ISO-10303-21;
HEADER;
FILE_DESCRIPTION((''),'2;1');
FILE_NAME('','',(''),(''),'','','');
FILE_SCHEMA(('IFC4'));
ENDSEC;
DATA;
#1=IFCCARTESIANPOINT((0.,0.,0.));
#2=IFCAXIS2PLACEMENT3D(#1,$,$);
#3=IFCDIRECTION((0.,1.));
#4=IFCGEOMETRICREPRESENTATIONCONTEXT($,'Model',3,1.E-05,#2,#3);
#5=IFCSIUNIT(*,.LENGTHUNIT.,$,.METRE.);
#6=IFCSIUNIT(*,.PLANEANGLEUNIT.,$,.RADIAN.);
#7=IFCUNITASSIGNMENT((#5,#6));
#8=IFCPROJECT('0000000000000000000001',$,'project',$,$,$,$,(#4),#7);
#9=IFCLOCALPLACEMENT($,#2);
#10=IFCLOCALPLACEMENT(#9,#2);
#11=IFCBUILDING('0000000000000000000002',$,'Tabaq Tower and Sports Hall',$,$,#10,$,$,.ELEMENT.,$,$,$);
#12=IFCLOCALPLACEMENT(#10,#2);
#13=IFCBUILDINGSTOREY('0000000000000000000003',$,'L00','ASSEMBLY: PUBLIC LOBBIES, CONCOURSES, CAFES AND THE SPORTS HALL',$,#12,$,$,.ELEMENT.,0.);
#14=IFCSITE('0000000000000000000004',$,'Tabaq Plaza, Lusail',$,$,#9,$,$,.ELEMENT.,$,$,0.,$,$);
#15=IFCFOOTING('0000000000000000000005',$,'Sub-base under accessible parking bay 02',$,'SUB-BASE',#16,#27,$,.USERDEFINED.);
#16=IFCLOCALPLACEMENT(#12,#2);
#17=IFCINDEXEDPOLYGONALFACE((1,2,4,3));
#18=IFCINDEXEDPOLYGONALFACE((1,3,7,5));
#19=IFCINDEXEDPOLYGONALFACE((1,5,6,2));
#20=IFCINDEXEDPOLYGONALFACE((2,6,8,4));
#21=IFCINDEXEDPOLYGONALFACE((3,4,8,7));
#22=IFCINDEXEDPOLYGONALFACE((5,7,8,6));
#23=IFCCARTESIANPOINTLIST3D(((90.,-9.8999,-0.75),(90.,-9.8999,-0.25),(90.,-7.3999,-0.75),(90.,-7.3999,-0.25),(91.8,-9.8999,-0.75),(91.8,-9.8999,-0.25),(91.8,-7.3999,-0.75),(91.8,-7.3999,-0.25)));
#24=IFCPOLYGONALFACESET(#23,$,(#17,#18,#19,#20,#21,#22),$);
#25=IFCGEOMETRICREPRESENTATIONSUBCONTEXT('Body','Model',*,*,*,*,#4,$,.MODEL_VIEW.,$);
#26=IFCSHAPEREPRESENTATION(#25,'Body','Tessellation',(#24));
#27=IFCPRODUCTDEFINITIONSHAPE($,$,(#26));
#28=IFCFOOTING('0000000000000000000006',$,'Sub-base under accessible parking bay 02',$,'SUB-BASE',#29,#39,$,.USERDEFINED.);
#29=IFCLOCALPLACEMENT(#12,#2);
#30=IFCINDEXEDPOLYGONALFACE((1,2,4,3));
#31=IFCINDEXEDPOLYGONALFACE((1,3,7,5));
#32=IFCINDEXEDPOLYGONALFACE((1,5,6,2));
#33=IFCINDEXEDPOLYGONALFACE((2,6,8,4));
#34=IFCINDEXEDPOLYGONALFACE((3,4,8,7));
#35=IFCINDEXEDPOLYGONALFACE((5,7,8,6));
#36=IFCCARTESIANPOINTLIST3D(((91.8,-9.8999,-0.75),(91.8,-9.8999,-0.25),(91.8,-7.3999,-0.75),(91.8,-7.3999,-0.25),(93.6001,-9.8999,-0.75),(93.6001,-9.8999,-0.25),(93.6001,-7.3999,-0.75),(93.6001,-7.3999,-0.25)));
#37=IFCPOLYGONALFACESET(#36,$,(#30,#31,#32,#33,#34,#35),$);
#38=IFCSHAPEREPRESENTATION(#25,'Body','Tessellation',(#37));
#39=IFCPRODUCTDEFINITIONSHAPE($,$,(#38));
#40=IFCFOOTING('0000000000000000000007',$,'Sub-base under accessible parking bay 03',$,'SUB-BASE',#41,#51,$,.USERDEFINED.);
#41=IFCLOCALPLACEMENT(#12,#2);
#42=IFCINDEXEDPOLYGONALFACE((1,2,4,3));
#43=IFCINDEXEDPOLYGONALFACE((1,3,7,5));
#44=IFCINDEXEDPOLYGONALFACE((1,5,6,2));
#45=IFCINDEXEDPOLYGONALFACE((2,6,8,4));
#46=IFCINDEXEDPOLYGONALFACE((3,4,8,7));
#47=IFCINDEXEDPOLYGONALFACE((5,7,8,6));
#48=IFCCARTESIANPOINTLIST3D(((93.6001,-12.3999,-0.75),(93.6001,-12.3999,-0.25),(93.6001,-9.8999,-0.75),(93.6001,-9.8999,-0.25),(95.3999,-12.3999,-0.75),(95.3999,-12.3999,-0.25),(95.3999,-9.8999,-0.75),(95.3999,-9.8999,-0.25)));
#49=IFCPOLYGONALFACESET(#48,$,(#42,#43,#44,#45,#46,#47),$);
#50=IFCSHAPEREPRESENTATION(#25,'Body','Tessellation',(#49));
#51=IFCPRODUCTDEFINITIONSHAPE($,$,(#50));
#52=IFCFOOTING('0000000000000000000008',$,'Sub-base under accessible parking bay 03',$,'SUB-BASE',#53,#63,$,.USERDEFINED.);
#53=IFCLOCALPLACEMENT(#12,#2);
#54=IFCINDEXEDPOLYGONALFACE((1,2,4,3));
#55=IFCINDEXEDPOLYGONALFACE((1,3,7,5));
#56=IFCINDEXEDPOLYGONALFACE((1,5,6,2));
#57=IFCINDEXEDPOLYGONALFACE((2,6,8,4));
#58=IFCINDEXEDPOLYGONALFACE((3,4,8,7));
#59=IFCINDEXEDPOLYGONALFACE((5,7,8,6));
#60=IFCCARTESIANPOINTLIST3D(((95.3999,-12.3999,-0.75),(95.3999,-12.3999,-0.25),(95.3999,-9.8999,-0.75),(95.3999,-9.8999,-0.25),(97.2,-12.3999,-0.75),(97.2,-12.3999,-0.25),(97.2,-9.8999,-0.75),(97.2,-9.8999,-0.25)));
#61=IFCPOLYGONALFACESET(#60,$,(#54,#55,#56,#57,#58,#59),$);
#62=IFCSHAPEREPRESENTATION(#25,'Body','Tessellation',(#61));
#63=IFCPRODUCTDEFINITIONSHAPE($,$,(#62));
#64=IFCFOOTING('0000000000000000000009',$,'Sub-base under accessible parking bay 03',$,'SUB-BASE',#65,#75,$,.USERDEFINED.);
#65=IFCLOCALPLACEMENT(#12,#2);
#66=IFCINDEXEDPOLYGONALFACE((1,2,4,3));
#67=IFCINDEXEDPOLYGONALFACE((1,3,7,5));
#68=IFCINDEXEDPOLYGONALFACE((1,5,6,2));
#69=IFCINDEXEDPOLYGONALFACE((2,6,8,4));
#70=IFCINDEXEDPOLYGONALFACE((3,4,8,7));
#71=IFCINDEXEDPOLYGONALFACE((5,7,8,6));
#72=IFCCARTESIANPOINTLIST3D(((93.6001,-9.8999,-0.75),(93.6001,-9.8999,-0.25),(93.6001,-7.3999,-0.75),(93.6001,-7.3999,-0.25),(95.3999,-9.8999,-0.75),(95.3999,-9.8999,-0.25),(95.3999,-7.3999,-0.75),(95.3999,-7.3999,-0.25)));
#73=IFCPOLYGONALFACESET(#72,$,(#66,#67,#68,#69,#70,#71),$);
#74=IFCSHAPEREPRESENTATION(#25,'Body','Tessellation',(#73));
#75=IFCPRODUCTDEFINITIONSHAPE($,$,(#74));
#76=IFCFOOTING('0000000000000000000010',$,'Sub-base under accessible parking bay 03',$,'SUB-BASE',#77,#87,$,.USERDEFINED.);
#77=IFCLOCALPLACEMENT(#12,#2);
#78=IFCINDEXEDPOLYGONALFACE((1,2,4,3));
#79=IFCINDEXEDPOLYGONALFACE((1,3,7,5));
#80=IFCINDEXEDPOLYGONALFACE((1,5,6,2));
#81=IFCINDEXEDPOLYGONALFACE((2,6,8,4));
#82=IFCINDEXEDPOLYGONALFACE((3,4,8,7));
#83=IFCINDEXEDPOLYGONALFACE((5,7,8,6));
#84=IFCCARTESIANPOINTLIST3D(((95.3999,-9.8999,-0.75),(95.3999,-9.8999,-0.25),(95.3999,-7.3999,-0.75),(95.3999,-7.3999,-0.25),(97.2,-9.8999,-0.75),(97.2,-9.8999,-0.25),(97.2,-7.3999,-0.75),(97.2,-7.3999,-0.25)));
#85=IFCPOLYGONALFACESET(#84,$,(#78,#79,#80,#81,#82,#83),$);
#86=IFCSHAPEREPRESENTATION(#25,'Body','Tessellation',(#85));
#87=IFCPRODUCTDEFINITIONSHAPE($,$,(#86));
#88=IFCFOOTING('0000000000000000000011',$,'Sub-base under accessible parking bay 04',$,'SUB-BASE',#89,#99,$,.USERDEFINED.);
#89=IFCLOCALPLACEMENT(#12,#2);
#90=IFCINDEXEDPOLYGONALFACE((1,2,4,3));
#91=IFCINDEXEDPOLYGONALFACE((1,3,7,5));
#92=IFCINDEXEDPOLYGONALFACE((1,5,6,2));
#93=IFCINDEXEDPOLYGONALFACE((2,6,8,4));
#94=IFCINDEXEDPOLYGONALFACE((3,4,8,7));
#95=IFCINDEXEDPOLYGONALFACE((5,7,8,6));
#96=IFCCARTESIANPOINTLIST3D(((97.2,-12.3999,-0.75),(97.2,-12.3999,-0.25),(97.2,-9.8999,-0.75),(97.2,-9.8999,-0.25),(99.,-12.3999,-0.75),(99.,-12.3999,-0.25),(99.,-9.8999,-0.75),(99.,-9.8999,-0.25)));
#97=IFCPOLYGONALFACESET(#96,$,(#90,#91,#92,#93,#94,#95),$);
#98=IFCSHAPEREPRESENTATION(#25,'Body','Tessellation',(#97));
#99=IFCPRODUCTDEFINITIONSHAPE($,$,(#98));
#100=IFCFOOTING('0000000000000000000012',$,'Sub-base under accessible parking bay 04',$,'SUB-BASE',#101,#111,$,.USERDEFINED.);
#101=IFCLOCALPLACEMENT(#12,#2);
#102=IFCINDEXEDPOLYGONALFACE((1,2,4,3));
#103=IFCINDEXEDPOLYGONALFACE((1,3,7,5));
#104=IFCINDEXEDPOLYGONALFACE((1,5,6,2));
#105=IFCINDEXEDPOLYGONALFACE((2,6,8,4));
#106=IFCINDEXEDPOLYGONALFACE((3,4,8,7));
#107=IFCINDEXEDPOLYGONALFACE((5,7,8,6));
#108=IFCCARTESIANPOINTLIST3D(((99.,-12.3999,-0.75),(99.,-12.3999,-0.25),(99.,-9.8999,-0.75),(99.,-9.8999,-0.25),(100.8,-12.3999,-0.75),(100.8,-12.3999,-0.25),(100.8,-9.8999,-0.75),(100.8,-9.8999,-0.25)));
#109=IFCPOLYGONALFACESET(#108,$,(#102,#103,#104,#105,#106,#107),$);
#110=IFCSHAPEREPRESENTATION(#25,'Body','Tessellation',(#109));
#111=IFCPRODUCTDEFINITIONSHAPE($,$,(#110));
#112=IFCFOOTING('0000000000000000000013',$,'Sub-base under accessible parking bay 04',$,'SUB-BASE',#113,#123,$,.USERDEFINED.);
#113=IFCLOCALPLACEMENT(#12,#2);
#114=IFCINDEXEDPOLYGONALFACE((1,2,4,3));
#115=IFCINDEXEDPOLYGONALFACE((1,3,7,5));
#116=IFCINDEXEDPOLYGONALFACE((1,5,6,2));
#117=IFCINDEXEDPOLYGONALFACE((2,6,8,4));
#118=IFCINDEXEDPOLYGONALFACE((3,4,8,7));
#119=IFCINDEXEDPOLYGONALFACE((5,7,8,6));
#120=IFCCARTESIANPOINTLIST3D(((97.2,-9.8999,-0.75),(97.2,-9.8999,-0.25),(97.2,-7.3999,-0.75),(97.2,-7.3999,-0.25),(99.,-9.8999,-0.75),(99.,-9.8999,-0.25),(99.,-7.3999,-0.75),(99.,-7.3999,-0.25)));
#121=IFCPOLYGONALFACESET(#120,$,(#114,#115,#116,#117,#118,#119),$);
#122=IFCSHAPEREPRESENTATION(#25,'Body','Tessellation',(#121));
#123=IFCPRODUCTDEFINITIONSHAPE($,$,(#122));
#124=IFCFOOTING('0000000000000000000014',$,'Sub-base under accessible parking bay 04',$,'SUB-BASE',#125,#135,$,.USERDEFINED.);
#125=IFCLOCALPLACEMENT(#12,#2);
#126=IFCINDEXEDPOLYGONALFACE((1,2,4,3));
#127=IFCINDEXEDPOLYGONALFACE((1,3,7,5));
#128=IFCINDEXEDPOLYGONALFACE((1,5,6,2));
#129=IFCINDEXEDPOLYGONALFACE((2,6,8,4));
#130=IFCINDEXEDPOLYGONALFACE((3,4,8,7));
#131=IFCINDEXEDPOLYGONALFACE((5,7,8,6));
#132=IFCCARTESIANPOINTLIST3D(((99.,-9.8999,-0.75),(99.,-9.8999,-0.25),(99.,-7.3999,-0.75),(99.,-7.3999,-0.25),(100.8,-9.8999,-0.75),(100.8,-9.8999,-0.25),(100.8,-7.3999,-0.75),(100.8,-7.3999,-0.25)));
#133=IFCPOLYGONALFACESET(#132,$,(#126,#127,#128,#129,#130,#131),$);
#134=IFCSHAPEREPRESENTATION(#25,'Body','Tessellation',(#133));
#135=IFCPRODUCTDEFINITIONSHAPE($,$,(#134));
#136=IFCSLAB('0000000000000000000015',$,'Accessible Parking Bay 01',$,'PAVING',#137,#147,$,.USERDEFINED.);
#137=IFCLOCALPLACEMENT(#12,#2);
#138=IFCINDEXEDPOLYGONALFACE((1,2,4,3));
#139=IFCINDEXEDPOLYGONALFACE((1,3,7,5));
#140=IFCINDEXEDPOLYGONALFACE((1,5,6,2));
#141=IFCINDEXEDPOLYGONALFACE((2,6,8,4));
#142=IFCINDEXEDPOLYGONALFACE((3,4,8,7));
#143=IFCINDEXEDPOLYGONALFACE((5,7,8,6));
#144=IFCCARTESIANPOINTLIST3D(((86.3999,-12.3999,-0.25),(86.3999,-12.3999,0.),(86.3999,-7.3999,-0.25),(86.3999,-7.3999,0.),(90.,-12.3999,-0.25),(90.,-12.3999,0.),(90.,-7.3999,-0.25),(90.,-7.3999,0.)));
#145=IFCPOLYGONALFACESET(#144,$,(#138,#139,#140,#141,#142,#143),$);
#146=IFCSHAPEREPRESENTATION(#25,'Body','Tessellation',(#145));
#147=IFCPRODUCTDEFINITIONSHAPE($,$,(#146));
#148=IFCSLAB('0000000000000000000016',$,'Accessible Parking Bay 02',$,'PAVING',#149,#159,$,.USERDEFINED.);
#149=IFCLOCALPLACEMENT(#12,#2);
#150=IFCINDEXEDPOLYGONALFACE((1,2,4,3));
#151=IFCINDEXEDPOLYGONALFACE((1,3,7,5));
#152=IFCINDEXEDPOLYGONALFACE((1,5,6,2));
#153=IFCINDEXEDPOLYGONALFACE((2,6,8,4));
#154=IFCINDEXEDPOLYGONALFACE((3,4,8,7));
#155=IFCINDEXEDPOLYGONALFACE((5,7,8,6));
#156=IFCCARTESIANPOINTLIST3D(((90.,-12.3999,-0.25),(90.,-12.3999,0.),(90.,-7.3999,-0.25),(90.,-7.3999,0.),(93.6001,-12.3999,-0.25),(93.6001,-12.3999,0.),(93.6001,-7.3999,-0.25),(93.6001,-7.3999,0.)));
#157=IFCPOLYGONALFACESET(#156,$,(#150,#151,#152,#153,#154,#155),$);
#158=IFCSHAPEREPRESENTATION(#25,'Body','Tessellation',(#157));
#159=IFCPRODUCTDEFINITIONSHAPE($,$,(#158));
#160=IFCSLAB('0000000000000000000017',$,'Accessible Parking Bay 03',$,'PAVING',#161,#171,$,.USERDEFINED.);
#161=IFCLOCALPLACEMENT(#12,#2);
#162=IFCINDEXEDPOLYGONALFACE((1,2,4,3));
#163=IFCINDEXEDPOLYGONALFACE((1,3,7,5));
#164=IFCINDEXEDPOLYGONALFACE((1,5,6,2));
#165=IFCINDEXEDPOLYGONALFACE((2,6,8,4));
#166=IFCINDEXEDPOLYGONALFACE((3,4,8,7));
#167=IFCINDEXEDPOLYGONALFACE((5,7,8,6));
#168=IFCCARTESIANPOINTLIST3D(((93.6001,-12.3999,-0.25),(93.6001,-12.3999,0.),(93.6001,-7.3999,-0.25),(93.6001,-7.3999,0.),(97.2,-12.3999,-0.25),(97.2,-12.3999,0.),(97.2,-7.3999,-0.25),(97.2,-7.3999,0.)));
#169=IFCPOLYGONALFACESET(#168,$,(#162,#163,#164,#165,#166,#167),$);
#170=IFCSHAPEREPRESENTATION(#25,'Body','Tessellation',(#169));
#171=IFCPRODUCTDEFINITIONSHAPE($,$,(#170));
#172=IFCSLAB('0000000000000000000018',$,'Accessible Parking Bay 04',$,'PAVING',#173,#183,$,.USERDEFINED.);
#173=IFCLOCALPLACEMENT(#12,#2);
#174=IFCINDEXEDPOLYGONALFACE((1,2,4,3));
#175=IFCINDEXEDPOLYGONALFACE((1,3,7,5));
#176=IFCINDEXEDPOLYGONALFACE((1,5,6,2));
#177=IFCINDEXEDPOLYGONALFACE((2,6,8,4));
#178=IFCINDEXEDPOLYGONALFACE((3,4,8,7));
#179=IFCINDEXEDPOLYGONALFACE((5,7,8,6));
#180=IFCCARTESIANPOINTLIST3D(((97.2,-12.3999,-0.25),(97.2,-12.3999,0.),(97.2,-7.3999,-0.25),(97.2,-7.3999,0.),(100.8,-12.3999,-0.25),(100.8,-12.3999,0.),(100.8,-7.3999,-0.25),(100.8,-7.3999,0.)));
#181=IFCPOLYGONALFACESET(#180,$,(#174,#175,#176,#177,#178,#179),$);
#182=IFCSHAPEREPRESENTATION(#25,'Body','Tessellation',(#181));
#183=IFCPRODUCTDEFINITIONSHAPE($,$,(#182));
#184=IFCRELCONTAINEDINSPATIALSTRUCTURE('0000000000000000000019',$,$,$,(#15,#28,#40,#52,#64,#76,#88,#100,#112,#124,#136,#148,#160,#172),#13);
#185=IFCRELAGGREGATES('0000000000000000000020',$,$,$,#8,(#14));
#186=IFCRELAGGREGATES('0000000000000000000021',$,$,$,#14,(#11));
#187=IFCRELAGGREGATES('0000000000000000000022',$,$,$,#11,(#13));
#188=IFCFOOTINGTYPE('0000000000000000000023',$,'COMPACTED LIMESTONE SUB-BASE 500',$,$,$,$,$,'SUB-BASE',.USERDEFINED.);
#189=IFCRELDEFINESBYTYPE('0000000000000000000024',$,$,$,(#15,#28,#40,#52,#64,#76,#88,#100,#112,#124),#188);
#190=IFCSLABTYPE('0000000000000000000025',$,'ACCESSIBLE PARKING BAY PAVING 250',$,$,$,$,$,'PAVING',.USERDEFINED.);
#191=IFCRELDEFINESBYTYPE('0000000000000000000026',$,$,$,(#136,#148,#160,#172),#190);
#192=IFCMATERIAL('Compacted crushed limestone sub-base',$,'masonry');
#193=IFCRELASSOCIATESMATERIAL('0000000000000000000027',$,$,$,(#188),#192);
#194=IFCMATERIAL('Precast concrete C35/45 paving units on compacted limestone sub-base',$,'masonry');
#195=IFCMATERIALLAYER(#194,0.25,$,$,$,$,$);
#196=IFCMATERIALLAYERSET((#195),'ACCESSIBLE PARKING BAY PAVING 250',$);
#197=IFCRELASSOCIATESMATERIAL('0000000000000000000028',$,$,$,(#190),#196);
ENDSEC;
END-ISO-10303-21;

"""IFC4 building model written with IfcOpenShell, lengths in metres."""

from ifc_helpers import new_model, si_unit, direction, frame, origin, place, context, subcontext, project, spatial, polyline, outline, extrude, material, layer, layer_set, type_object, element, save


model = new_model("IFC4")

# Units and contexts
model_context = context("Model", 3, precision=1e-05, world=origin(), true_north=direction((0.0, 1.0)))
body_context = subcontext(model_context, "Body", "Model", "MODEL_VIEW")
ifc_project = project(units=[si_unit("LENGTHUNIT", "METRE"), si_unit("PLANEANGLEUNIT", "RADIAN")], contexts=[model_context])

# Site, building, storey
site_placement = place(None, origin())
site = spatial("IfcSite", under=ifc_project, at=site_placement, Name="Tabaq Plaza, Lusail", CompositionType="ELEMENT", RefElevation=0.0)
building_placement = place(site_placement, origin())
building = spatial("IfcBuilding", under=site, at=building_placement, Name="Tabaq Tower and Sports Hall", CompositionType="ELEMENT")
storey_placement = place(building_placement, origin())
storey = spatial("IfcBuildingStorey", under=building, at=storey_placement, Name="L00", Description="ASSEMBLY: PUBLIC LOBBIES, CONCOURSES, CAFES AND THE SPORTS HALL", CompositionType="ELEMENT", Elevation=0.0)

# Footings
ifc_material_1 = material(Name="Compacted crushed limestone sub-base", Category="masonry")
footing_type = type_object("IfcFootingType", Name="COMPACTED LIMESTONE SUB-BASE 500", ElementType="SUB-BASE", PredefinedType="USERDEFINED", material=ifc_material_1)
footing_1_placement = place(storey_placement, frame((0.0, 0.0, -0.75)))
element("IfcFooting", 1, at=footing_1_placement, inside=storey, type_object=footing_type, Name="Sub-base under accessible parking bay 02", ObjectType="SUB-BASE", PredefinedType="USERDEFINED", context=body_context, shape_type="SweptSolid", body=[
    extrude(outline(polyline([(90.0, -7.3999), (90.0, -9.8999), (91.8, -9.8999), (91.8, -7.3999), (90.0, -7.3999)])), origin(), (0.0, 0.0, 1.0), 0.5),
])
footing_2_placement = place(storey_placement, frame((0.0, 0.0, -0.75)))
element("IfcFooting", 2, at=footing_2_placement, inside=storey, type_object=footing_type, Name="Sub-base under accessible parking bay 02", ObjectType="SUB-BASE", PredefinedType="USERDEFINED", context=body_context, shape_type="SweptSolid", body=[
    extrude(outline(polyline([(93.6001, -7.3999), (91.8, -7.3999), (91.8, -9.8999), (93.6001, -9.8999), (93.6001, -7.3999)])), origin(), (0.0, 0.0, 1.0), 0.5),
])
footing_3_placement = place(storey_placement, frame((0.0, 0.0, -0.75)))
element("IfcFooting", 3, at=footing_3_placement, inside=storey, type_object=footing_type, Name="Sub-base under accessible parking bay 03", ObjectType="SUB-BASE", PredefinedType="USERDEFINED", context=body_context, shape_type="SweptSolid", body=[
    extrude(outline(polyline([(93.6001, -9.8999), (93.6001, -12.3999), (95.3999, -12.3999), (95.3999, -9.8999), (93.6001, -9.8999)])), origin(), (0.0, 0.0, 1.0), 0.5),
])
footing_4_placement = place(storey_placement, frame((0.0, 0.0, -0.75)))
element("IfcFooting", 4, at=footing_4_placement, inside=storey, type_object=footing_type, Name="Sub-base under accessible parking bay 03", ObjectType="SUB-BASE", PredefinedType="USERDEFINED", context=body_context, shape_type="SweptSolid", body=[
    extrude(outline(polyline([(97.2, -12.3999), (97.2, -9.8999), (95.3999, -9.8999), (95.3999, -12.3999), (97.2, -12.3999)])), origin(), (0.0, 0.0, 1.0), 0.5),
])
footing_5_placement = place(storey_placement, frame((0.0, 0.0, -0.75)))
element("IfcFooting", 5, at=footing_5_placement, inside=storey, type_object=footing_type, Name="Sub-base under accessible parking bay 03", ObjectType="SUB-BASE", PredefinedType="USERDEFINED", context=body_context, shape_type="SweptSolid", body=[
    extrude(outline(polyline([(93.6001, -7.3999), (93.6001, -9.8999), (95.3999, -9.8999), (95.3999, -7.3999), (93.6001, -7.3999)])), origin(), (0.0, 0.0, 1.0), 0.5),
])
footing_6_placement = place(storey_placement, frame((0.0, 0.0, -0.75)))
element("IfcFooting", 6, at=footing_6_placement, inside=storey, type_object=footing_type, Name="Sub-base under accessible parking bay 03", ObjectType="SUB-BASE", PredefinedType="USERDEFINED", context=body_context, shape_type="SweptSolid", body=[
    extrude(outline(polyline([(97.2, -7.3999), (95.3999, -7.3999), (95.3999, -9.8999), (97.2, -9.8999), (97.2, -7.3999)])), origin(), (0.0, 0.0, 1.0), 0.5),
])
footing_7_placement = place(storey_placement, frame((0.0, 0.0, -0.75)))
element("IfcFooting", 7, at=footing_7_placement, inside=storey, type_object=footing_type, Name="Sub-base under accessible parking bay 04", ObjectType="SUB-BASE", PredefinedType="USERDEFINED", context=body_context, shape_type="SweptSolid", body=[
    extrude(outline(polyline([(97.2, -9.8999), (97.2, -12.3999), (99.0, -12.3999), (99.0, -9.8999), (97.2, -9.8999)])), origin(), (0.0, 0.0, 1.0), 0.5),
])
footing_8_placement = place(storey_placement, frame((0.0, 0.0, -0.75)))
element("IfcFooting", 8, at=footing_8_placement, inside=storey, type_object=footing_type, Name="Sub-base under accessible parking bay 04", ObjectType="SUB-BASE", PredefinedType="USERDEFINED", context=body_context, shape_type="SweptSolid", body=[
    extrude(outline(polyline([(100.8, -12.3999), (100.8, -9.8999), (99.0, -9.8999), (99.0, -12.3999), (100.8, -12.3999)])), origin(), (0.0, 0.0, 1.0), 0.5),
])
footing_9_placement = place(storey_placement, frame((0.0, 0.0, -0.75)))
element("IfcFooting", 9, at=footing_9_placement, inside=storey, type_object=footing_type, Name="Sub-base under accessible parking bay 04", ObjectType="SUB-BASE", PredefinedType="USERDEFINED", context=body_context, shape_type="SweptSolid", body=[
    extrude(outline(polyline([(97.2, -7.3999), (97.2, -9.8999), (99.0, -9.8999), (99.0, -7.3999), (97.2, -7.3999)])), origin(), (0.0, 0.0, 1.0), 0.5),
])
footing_10_placement = place(storey_placement, frame((0.0, 0.0, -0.75)))
element("IfcFooting", 10, at=footing_10_placement, inside=storey, type_object=footing_type, Name="Sub-base under accessible parking bay 04", ObjectType="SUB-BASE", PredefinedType="USERDEFINED", context=body_context, shape_type="SweptSolid", body=[
    extrude(outline(polyline([(100.8, -7.3999), (99.0, -7.3999), (99.0, -9.8999), (100.8, -9.8999), (100.8, -7.3999)])), origin(), (0.0, 0.0, 1.0), 0.5),
])

# Slabs
ifc_material_2 = material(Name="Precast concrete C35/45 paving units on compacted limestone sub-base", Category="masonry")
ifc_layer_1 = layer(ifc_material_2, 0.25)
ifc_layer_set_1 = layer_set([ifc_layer_1], Name="ACCESSIBLE PARKING BAY PAVING 250")
slab_type_1 = type_object("IfcSlabType", Name="ACCESSIBLE PARKING BAY PAVING 250", ElementType="PAVING", PredefinedType="USERDEFINED", material=ifc_layer_set_1)
slab_1_placement = place(storey_placement, frame((0.0, 0.0, -0.25)))
element("IfcSlab", 11, at=slab_1_placement, inside=storey, type_object=slab_type_1, Name="Accessible Parking Bay 01", ObjectType="PAVING", PredefinedType="USERDEFINED", context=body_context, shape_type="SweptSolid", body=[
    extrude(outline(polyline([(90.0, -12.3999), (90.0, -7.3999), (86.3999, -7.3999), (86.3999, -12.3999), (90.0, -12.3999)])), origin(), (0.0, 0.0, 1.0), 0.25),
])
slab_2_placement = place(storey_placement, frame((0.0, 0.0, -0.25)))
element("IfcSlab", 12, at=slab_2_placement, inside=storey, type_object=slab_type_1, Name="Accessible Parking Bay 02", ObjectType="PAVING", PredefinedType="USERDEFINED", context=body_context, shape_type="SweptSolid", body=[
    extrude(outline(polyline([(93.6001, -12.3999), (93.6001, -7.3999), (90.0, -7.3999), (90.0, -12.3999), (93.6001, -12.3999)])), origin(), (0.0, 0.0, 1.0), 0.25),
])
slab_3_placement = place(storey_placement, frame((0.0, 0.0, -0.25)))
element("IfcSlab", 13, at=slab_3_placement, inside=storey, type_object=slab_type_1, Name="Accessible Parking Bay 03", ObjectType="PAVING", PredefinedType="USERDEFINED", context=body_context, shape_type="SweptSolid", body=[
    extrude(outline(polyline([(97.2, -12.3999), (97.2, -7.3999), (93.6001, -7.3999), (93.6001, -12.3999), (97.2, -12.3999)])), origin(), (0.0, 0.0, 1.0), 0.25),
])
slab_4_placement = place(storey_placement, frame((0.0, 0.0, -0.25)))
element("IfcSlab", 14, at=slab_4_placement, inside=storey, type_object=slab_type_1, Name="Accessible Parking Bay 04", ObjectType="PAVING", PredefinedType="USERDEFINED", context=body_context, shape_type="SweptSolid", body=[
    extrude(outline(polyline([(100.8, -12.3999), (100.8, -7.3999), (97.2, -7.3999), (97.2, -12.3999), (100.8, -12.3999)])), origin(), (0.0, 0.0, 1.0), 0.25),
])

save(model, "model.ifc")
